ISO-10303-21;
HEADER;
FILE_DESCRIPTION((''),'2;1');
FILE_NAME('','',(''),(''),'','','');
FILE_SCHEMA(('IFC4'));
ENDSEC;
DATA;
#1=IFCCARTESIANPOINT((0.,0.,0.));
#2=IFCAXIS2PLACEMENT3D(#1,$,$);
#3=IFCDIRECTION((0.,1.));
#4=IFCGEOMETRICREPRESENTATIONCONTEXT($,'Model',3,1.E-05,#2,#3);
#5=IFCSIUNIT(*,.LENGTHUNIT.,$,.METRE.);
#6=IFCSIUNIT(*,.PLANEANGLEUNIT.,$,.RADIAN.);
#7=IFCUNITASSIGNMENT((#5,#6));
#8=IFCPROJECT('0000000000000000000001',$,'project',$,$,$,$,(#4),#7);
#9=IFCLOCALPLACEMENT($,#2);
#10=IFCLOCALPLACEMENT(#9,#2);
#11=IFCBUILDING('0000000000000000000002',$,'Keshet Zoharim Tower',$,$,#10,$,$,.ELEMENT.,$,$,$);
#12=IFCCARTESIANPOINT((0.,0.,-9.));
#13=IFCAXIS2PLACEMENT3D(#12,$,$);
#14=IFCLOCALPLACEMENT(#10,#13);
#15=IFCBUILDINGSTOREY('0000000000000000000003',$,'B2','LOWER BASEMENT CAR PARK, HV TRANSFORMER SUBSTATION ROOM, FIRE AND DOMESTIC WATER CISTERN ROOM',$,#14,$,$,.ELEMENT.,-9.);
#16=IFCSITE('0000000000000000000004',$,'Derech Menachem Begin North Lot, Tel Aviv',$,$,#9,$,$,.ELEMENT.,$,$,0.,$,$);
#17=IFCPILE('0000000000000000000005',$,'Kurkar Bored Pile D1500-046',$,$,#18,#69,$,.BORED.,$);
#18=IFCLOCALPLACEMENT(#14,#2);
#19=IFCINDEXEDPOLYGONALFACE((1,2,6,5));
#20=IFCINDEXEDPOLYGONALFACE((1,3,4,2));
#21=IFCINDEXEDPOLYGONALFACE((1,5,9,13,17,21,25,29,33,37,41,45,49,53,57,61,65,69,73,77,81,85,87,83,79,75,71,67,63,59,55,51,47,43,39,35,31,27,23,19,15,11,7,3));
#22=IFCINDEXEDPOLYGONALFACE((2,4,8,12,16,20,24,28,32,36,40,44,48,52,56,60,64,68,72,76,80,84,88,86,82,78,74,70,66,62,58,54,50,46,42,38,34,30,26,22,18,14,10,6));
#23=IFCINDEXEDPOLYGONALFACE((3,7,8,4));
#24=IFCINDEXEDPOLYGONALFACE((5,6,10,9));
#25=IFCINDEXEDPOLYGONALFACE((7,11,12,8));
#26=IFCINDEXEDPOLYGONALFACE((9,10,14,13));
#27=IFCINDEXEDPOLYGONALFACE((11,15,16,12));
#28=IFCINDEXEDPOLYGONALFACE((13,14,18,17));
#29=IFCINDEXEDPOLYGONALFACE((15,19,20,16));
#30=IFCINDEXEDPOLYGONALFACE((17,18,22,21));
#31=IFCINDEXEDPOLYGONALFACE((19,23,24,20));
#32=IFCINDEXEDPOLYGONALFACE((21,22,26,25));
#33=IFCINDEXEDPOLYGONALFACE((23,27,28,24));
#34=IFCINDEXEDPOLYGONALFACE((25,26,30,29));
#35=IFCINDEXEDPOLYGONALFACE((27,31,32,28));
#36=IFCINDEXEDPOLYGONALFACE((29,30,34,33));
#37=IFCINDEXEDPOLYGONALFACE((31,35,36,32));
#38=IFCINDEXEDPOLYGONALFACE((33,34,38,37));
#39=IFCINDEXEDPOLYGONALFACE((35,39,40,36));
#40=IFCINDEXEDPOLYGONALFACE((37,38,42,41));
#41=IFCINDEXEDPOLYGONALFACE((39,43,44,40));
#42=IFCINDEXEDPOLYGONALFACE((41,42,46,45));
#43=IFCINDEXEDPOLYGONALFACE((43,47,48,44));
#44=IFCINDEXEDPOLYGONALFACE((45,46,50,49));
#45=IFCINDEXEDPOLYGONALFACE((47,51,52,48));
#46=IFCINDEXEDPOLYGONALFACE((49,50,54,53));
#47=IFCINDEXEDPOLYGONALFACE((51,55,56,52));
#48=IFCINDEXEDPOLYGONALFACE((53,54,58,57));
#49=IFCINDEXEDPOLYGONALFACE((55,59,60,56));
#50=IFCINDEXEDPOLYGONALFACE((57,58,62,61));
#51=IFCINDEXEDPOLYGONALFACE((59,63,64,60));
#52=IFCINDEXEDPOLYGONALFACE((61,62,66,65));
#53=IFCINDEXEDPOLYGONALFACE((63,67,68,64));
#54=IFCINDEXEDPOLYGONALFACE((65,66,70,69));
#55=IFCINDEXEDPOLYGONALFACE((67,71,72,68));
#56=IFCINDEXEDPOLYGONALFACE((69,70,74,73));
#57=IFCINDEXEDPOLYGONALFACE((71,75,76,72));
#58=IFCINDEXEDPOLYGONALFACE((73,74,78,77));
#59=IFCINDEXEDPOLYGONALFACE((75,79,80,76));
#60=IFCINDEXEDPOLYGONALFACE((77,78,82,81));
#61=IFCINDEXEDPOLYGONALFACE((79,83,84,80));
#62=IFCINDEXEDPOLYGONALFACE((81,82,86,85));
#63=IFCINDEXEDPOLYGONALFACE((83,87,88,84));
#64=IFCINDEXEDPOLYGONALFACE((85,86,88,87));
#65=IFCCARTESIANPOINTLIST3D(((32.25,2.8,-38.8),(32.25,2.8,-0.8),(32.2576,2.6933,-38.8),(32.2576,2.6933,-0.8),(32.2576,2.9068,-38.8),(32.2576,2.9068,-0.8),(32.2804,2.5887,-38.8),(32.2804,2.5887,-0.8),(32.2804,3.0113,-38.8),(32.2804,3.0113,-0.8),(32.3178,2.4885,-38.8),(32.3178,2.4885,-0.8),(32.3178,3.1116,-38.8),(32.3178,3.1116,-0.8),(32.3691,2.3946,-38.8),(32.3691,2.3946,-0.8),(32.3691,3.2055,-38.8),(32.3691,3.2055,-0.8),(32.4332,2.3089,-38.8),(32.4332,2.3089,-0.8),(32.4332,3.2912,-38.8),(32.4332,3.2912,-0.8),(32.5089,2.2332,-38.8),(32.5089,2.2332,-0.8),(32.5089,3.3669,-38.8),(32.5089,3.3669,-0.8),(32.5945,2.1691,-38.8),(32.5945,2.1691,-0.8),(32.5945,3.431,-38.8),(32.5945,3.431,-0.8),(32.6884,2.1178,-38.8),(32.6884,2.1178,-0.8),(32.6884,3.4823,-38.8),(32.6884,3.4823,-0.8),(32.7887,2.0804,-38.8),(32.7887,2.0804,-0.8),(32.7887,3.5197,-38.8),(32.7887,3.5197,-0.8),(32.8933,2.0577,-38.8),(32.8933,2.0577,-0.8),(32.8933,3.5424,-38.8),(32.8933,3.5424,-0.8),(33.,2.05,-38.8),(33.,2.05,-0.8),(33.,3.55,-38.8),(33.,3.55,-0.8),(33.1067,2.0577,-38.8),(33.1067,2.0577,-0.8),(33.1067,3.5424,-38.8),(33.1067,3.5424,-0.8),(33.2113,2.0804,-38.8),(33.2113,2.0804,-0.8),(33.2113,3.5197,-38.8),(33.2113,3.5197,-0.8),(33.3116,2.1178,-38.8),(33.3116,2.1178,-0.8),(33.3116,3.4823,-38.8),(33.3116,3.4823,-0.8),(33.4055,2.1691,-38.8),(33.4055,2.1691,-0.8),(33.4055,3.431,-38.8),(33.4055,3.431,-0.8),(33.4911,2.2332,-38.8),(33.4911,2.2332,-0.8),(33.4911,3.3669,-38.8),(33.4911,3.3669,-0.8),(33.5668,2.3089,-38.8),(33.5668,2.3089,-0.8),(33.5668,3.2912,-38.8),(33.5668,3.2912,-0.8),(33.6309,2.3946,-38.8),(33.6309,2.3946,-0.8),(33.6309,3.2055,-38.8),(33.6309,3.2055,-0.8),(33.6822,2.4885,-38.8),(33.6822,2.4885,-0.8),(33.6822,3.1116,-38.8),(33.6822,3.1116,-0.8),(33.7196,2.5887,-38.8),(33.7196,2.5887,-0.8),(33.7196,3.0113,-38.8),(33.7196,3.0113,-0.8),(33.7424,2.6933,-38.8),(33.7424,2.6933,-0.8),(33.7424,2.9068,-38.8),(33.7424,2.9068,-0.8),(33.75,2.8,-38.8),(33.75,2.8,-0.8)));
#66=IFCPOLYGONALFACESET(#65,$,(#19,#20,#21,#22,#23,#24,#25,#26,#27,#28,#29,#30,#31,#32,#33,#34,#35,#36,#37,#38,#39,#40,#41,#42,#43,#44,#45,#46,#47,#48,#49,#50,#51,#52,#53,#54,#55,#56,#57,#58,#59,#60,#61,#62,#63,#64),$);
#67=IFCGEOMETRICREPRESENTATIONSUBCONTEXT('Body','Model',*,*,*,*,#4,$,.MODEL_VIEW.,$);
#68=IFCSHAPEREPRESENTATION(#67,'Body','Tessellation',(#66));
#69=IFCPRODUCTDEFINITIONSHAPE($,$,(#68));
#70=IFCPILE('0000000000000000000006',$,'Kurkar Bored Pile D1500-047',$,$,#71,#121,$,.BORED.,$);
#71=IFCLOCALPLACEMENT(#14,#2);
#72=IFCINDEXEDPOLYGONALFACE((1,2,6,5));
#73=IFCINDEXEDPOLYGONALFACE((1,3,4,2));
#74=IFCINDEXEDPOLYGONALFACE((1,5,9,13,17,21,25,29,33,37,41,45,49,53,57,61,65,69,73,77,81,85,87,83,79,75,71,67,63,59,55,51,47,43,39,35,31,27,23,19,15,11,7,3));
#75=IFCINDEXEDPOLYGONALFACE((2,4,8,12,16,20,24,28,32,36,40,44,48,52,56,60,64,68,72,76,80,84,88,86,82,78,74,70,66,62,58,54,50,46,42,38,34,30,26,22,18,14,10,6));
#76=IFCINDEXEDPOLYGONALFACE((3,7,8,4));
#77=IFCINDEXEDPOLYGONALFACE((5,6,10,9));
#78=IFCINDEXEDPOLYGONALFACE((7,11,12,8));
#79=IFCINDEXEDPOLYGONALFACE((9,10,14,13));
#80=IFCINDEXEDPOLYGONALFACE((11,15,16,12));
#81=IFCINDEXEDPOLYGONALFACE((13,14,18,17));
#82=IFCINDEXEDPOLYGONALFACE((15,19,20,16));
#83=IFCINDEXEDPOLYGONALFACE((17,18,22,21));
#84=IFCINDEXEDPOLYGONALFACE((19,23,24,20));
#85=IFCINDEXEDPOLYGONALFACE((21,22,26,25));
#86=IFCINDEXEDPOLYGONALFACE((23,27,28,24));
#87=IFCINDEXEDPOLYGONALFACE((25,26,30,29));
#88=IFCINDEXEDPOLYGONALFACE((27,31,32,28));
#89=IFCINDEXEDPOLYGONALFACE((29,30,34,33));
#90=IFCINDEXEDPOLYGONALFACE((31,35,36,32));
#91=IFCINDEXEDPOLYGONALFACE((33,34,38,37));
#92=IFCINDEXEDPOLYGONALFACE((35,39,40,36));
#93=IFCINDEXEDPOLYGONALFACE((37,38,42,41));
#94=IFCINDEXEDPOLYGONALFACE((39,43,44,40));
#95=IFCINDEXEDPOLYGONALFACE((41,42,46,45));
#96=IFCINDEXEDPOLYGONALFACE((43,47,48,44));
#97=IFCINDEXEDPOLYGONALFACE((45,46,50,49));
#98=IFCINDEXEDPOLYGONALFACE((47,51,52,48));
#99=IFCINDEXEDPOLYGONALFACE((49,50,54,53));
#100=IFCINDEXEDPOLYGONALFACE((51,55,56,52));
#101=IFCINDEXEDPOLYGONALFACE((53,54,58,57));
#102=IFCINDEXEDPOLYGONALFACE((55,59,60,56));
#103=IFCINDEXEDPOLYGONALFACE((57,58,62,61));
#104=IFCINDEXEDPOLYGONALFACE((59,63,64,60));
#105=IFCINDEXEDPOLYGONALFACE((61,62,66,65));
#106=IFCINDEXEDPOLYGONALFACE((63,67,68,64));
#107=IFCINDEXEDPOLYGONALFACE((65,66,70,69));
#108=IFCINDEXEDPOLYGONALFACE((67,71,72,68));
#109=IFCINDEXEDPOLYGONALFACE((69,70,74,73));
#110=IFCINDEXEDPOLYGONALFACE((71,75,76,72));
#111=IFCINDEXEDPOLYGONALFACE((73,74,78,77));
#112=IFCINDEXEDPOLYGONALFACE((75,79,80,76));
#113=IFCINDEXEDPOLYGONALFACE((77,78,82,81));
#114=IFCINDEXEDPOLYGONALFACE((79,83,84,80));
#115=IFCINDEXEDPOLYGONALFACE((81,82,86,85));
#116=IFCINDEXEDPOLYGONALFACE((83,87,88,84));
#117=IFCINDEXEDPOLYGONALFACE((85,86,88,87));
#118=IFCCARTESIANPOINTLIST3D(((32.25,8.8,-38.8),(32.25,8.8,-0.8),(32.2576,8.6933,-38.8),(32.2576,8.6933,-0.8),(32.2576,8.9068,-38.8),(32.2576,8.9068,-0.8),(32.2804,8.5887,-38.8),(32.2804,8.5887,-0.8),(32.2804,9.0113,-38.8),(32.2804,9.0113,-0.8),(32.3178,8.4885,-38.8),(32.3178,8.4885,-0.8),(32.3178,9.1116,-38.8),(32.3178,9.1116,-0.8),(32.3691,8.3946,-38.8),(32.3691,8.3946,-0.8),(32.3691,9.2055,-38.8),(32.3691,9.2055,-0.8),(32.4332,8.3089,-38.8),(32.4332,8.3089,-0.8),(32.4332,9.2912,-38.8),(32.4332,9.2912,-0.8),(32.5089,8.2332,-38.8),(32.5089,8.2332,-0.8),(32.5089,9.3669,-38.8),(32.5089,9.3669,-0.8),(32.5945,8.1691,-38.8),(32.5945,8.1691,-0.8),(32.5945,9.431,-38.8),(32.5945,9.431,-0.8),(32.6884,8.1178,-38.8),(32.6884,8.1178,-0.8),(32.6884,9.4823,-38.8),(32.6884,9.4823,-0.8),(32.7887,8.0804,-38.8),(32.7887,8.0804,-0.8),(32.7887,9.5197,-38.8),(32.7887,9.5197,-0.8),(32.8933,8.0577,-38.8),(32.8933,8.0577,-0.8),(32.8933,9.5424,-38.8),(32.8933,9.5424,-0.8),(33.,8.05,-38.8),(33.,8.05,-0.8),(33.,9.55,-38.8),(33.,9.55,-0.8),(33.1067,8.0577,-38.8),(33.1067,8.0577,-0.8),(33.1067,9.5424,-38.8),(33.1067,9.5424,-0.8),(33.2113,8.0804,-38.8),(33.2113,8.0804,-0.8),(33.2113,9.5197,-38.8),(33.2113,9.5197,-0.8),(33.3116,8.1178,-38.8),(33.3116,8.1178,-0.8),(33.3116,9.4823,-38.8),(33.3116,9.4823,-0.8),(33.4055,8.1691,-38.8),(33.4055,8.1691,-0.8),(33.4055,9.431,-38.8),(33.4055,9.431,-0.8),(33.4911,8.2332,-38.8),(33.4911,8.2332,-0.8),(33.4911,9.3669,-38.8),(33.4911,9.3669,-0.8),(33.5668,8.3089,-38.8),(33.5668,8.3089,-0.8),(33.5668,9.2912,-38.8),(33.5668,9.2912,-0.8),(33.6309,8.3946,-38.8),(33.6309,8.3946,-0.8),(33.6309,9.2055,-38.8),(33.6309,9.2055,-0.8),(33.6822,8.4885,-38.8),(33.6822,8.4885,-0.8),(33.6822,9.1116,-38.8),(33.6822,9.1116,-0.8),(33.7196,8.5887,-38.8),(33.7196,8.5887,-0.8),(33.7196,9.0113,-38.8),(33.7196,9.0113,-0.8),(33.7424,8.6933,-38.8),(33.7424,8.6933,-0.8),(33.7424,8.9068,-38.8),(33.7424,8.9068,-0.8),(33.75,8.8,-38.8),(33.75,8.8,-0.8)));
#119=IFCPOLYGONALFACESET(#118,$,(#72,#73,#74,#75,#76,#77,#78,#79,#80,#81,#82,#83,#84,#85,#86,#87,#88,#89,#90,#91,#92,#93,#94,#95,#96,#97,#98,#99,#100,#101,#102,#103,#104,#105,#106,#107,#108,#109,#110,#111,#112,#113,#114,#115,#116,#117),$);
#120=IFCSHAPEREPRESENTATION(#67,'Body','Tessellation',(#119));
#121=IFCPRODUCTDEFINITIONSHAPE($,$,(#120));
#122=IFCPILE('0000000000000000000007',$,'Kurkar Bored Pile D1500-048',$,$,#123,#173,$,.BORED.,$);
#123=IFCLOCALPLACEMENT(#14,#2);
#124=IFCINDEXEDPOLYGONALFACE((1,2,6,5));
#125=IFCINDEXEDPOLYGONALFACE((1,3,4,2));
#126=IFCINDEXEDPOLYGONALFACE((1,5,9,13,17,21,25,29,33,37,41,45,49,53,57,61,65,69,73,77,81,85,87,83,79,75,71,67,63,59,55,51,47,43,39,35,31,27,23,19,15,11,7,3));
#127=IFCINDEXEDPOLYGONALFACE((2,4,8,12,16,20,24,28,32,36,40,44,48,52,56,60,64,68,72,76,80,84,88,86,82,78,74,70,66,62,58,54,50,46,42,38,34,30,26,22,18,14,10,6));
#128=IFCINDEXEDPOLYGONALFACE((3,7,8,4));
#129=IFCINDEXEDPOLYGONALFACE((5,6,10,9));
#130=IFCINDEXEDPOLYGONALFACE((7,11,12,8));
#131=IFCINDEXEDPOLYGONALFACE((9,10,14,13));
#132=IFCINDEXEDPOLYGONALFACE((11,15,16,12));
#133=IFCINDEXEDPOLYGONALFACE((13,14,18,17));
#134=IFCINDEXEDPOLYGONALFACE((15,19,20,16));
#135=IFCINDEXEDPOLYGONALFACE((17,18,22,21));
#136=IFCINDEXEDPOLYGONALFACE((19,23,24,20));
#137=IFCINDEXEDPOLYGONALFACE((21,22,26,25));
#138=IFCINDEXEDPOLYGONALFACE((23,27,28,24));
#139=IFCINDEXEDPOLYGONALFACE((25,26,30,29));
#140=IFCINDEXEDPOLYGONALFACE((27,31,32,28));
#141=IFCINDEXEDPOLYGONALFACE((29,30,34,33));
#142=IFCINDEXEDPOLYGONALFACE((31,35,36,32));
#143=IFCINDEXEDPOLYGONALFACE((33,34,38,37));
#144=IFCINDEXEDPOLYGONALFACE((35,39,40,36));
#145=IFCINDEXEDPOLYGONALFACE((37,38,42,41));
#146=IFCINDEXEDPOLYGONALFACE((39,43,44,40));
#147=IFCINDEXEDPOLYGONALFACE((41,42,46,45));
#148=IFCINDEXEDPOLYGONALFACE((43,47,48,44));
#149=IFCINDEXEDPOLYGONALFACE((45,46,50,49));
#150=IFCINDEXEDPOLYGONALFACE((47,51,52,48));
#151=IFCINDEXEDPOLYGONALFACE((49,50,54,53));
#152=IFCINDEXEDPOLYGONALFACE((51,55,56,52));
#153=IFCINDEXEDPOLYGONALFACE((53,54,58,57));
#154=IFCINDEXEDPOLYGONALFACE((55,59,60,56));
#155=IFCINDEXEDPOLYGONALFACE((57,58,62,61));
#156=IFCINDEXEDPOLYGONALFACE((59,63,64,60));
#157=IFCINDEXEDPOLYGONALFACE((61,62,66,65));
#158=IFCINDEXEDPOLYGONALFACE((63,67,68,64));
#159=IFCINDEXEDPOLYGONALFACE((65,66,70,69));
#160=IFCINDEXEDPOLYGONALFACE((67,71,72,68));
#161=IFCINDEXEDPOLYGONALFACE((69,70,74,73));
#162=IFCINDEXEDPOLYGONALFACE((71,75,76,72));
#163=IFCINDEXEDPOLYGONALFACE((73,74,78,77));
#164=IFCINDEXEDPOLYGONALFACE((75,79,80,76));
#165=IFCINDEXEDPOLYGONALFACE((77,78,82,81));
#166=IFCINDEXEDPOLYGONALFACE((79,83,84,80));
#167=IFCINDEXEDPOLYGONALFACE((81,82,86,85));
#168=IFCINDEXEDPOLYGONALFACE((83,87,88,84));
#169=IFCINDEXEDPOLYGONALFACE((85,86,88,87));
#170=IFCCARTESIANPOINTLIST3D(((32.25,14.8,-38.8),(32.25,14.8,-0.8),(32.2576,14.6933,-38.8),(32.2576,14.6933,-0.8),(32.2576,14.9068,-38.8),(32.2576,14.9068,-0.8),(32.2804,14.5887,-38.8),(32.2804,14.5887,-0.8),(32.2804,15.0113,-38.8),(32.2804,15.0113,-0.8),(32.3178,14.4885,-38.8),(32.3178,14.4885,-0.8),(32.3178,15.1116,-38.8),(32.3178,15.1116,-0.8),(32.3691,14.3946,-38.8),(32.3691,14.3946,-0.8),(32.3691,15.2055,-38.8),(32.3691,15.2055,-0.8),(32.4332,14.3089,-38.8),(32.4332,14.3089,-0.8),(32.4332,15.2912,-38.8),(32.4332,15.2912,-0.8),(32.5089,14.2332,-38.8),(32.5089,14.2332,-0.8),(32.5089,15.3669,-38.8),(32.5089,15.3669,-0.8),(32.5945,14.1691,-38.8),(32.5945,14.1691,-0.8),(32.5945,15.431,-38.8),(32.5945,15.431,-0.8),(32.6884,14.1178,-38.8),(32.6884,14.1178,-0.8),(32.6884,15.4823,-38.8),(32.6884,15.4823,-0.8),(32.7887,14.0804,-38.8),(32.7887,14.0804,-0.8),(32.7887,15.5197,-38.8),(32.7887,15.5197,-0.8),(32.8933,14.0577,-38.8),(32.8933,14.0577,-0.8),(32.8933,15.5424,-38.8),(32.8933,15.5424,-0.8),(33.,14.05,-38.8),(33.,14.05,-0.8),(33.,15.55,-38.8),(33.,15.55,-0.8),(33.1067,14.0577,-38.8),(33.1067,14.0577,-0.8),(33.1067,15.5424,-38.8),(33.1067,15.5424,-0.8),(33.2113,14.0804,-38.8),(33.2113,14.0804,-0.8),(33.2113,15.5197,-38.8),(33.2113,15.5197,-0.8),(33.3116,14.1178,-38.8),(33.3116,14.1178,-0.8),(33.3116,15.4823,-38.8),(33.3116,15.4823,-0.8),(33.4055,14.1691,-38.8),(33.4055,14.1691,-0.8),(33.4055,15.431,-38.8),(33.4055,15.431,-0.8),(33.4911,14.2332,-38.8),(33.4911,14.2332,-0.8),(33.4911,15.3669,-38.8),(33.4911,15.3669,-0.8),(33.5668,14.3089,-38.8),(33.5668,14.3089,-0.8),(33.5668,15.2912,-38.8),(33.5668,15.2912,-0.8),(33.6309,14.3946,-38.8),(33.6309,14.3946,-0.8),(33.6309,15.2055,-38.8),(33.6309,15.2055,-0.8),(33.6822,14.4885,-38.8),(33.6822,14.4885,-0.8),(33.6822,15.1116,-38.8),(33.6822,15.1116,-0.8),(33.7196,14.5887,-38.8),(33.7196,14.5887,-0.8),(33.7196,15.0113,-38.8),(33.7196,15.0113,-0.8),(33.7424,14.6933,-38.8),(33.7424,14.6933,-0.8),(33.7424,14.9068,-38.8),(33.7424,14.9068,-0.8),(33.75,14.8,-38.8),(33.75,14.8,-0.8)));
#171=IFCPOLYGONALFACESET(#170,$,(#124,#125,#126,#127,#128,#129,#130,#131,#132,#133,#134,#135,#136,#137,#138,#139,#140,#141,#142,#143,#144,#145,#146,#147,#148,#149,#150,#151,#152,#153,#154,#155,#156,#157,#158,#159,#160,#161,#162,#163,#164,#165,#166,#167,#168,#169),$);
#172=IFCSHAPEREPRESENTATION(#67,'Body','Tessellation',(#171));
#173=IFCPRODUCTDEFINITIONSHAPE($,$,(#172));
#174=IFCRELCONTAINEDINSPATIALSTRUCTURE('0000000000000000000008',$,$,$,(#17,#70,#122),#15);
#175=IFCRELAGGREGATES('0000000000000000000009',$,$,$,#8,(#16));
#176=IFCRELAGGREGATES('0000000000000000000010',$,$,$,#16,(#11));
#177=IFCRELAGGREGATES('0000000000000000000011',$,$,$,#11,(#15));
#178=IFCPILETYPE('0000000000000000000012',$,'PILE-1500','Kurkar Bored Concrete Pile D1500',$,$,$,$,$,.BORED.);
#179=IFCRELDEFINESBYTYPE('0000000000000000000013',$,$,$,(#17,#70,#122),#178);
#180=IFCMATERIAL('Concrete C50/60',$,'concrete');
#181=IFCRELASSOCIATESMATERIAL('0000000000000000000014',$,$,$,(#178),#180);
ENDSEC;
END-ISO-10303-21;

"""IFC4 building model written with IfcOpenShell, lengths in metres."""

from ifc_helpers import new_model, si_unit, direction, frame, origin, origin_2d, place, context, subcontext, project, spatial, circle, extrude, material, material_profile, profile_set, type_object, element, save


model = new_model("IFC4")

# Units and contexts
model_context = context("Model", 3, precision=1e-05, world=origin(), true_north=direction((0.0, 1.0)))
body_context = subcontext(model_context, "Body", "Model", "MODEL_VIEW")
ifc_project = project(units=[si_unit("LENGTHUNIT", "METRE"), si_unit("PLANEANGLEUNIT", "RADIAN")], contexts=[model_context])

# Site, building, storey
site_placement = place(None, origin())
site = spatial("IfcSite", under=ifc_project, at=site_placement, Name="Derech Menachem Begin North Lot, Tel Aviv", CompositionType="ELEMENT", RefElevation=0.0)
building_placement = place(site_placement, origin())
building = spatial("IfcBuilding", under=site, at=building_placement, Name="Keshet Zoharim Tower", CompositionType="ELEMENT")
storey_placement = place(building_placement, frame((0.0, 0.0, -9.0)))
storey = spatial("IfcBuildingStorey", under=building, at=storey_placement, Name="B2", Description="LOWER BASEMENT CAR PARK, HV TRANSFORMER SUBSTATION ROOM, FIRE AND DOMESTIC WATER CISTERN ROOM", CompositionType="ELEMENT", Elevation=-9.0)

# Piles
ifc_material_1 = material(Name="Concrete C50/60", Category="concrete")
ifc_material_profile_1 = material_profile(ifc_material_1, circle(Radius=0.75, at=origin_2d()), Name="PILE-D1500")
ifc_profile_set_1 = profile_set([ifc_material_profile_1], Name="Concrete C50/60")
pile_type_1 = type_object("IfcPileType", Name="PILE-1500", Description="Kurkar Bored Concrete Pile D1500", PredefinedType="BORED", material=ifc_profile_set_1)
for number, where, z_axis, x_axis, name in (
    (1, (33.0, 2.8, -0.8), (0.0, 0.0, -1.0), (1.0, 0.0, 0.0), "Kurkar Bored Pile D1500-046"),
    (2, (33.0, 8.8, -0.8), (0.0, 0.0, -1.0), (1.0, 0.0, 0.0), "Kurkar Bored Pile D1500-047"),
    (3, (33.0, 14.8, -0.8), (0.0, 0.0, -1.0), (1.0, 0.0, 0.0), "Kurkar Bored Pile D1500-048"),
):
    element("IfcPile", number, at=place(storey_placement, frame(where, z_axis=z_axis, x_axis=x_axis)), inside=storey, type_object=pile_type_1, Name=name, PredefinedType="BORED", context=body_context, shape_type="SweptSolid", body=[
        extrude(circle(Radius=0.75, at=origin_2d()), origin(), (0.0, 0.0, 1.0), 38.0),
    ])

save(model, "model.ifc")
